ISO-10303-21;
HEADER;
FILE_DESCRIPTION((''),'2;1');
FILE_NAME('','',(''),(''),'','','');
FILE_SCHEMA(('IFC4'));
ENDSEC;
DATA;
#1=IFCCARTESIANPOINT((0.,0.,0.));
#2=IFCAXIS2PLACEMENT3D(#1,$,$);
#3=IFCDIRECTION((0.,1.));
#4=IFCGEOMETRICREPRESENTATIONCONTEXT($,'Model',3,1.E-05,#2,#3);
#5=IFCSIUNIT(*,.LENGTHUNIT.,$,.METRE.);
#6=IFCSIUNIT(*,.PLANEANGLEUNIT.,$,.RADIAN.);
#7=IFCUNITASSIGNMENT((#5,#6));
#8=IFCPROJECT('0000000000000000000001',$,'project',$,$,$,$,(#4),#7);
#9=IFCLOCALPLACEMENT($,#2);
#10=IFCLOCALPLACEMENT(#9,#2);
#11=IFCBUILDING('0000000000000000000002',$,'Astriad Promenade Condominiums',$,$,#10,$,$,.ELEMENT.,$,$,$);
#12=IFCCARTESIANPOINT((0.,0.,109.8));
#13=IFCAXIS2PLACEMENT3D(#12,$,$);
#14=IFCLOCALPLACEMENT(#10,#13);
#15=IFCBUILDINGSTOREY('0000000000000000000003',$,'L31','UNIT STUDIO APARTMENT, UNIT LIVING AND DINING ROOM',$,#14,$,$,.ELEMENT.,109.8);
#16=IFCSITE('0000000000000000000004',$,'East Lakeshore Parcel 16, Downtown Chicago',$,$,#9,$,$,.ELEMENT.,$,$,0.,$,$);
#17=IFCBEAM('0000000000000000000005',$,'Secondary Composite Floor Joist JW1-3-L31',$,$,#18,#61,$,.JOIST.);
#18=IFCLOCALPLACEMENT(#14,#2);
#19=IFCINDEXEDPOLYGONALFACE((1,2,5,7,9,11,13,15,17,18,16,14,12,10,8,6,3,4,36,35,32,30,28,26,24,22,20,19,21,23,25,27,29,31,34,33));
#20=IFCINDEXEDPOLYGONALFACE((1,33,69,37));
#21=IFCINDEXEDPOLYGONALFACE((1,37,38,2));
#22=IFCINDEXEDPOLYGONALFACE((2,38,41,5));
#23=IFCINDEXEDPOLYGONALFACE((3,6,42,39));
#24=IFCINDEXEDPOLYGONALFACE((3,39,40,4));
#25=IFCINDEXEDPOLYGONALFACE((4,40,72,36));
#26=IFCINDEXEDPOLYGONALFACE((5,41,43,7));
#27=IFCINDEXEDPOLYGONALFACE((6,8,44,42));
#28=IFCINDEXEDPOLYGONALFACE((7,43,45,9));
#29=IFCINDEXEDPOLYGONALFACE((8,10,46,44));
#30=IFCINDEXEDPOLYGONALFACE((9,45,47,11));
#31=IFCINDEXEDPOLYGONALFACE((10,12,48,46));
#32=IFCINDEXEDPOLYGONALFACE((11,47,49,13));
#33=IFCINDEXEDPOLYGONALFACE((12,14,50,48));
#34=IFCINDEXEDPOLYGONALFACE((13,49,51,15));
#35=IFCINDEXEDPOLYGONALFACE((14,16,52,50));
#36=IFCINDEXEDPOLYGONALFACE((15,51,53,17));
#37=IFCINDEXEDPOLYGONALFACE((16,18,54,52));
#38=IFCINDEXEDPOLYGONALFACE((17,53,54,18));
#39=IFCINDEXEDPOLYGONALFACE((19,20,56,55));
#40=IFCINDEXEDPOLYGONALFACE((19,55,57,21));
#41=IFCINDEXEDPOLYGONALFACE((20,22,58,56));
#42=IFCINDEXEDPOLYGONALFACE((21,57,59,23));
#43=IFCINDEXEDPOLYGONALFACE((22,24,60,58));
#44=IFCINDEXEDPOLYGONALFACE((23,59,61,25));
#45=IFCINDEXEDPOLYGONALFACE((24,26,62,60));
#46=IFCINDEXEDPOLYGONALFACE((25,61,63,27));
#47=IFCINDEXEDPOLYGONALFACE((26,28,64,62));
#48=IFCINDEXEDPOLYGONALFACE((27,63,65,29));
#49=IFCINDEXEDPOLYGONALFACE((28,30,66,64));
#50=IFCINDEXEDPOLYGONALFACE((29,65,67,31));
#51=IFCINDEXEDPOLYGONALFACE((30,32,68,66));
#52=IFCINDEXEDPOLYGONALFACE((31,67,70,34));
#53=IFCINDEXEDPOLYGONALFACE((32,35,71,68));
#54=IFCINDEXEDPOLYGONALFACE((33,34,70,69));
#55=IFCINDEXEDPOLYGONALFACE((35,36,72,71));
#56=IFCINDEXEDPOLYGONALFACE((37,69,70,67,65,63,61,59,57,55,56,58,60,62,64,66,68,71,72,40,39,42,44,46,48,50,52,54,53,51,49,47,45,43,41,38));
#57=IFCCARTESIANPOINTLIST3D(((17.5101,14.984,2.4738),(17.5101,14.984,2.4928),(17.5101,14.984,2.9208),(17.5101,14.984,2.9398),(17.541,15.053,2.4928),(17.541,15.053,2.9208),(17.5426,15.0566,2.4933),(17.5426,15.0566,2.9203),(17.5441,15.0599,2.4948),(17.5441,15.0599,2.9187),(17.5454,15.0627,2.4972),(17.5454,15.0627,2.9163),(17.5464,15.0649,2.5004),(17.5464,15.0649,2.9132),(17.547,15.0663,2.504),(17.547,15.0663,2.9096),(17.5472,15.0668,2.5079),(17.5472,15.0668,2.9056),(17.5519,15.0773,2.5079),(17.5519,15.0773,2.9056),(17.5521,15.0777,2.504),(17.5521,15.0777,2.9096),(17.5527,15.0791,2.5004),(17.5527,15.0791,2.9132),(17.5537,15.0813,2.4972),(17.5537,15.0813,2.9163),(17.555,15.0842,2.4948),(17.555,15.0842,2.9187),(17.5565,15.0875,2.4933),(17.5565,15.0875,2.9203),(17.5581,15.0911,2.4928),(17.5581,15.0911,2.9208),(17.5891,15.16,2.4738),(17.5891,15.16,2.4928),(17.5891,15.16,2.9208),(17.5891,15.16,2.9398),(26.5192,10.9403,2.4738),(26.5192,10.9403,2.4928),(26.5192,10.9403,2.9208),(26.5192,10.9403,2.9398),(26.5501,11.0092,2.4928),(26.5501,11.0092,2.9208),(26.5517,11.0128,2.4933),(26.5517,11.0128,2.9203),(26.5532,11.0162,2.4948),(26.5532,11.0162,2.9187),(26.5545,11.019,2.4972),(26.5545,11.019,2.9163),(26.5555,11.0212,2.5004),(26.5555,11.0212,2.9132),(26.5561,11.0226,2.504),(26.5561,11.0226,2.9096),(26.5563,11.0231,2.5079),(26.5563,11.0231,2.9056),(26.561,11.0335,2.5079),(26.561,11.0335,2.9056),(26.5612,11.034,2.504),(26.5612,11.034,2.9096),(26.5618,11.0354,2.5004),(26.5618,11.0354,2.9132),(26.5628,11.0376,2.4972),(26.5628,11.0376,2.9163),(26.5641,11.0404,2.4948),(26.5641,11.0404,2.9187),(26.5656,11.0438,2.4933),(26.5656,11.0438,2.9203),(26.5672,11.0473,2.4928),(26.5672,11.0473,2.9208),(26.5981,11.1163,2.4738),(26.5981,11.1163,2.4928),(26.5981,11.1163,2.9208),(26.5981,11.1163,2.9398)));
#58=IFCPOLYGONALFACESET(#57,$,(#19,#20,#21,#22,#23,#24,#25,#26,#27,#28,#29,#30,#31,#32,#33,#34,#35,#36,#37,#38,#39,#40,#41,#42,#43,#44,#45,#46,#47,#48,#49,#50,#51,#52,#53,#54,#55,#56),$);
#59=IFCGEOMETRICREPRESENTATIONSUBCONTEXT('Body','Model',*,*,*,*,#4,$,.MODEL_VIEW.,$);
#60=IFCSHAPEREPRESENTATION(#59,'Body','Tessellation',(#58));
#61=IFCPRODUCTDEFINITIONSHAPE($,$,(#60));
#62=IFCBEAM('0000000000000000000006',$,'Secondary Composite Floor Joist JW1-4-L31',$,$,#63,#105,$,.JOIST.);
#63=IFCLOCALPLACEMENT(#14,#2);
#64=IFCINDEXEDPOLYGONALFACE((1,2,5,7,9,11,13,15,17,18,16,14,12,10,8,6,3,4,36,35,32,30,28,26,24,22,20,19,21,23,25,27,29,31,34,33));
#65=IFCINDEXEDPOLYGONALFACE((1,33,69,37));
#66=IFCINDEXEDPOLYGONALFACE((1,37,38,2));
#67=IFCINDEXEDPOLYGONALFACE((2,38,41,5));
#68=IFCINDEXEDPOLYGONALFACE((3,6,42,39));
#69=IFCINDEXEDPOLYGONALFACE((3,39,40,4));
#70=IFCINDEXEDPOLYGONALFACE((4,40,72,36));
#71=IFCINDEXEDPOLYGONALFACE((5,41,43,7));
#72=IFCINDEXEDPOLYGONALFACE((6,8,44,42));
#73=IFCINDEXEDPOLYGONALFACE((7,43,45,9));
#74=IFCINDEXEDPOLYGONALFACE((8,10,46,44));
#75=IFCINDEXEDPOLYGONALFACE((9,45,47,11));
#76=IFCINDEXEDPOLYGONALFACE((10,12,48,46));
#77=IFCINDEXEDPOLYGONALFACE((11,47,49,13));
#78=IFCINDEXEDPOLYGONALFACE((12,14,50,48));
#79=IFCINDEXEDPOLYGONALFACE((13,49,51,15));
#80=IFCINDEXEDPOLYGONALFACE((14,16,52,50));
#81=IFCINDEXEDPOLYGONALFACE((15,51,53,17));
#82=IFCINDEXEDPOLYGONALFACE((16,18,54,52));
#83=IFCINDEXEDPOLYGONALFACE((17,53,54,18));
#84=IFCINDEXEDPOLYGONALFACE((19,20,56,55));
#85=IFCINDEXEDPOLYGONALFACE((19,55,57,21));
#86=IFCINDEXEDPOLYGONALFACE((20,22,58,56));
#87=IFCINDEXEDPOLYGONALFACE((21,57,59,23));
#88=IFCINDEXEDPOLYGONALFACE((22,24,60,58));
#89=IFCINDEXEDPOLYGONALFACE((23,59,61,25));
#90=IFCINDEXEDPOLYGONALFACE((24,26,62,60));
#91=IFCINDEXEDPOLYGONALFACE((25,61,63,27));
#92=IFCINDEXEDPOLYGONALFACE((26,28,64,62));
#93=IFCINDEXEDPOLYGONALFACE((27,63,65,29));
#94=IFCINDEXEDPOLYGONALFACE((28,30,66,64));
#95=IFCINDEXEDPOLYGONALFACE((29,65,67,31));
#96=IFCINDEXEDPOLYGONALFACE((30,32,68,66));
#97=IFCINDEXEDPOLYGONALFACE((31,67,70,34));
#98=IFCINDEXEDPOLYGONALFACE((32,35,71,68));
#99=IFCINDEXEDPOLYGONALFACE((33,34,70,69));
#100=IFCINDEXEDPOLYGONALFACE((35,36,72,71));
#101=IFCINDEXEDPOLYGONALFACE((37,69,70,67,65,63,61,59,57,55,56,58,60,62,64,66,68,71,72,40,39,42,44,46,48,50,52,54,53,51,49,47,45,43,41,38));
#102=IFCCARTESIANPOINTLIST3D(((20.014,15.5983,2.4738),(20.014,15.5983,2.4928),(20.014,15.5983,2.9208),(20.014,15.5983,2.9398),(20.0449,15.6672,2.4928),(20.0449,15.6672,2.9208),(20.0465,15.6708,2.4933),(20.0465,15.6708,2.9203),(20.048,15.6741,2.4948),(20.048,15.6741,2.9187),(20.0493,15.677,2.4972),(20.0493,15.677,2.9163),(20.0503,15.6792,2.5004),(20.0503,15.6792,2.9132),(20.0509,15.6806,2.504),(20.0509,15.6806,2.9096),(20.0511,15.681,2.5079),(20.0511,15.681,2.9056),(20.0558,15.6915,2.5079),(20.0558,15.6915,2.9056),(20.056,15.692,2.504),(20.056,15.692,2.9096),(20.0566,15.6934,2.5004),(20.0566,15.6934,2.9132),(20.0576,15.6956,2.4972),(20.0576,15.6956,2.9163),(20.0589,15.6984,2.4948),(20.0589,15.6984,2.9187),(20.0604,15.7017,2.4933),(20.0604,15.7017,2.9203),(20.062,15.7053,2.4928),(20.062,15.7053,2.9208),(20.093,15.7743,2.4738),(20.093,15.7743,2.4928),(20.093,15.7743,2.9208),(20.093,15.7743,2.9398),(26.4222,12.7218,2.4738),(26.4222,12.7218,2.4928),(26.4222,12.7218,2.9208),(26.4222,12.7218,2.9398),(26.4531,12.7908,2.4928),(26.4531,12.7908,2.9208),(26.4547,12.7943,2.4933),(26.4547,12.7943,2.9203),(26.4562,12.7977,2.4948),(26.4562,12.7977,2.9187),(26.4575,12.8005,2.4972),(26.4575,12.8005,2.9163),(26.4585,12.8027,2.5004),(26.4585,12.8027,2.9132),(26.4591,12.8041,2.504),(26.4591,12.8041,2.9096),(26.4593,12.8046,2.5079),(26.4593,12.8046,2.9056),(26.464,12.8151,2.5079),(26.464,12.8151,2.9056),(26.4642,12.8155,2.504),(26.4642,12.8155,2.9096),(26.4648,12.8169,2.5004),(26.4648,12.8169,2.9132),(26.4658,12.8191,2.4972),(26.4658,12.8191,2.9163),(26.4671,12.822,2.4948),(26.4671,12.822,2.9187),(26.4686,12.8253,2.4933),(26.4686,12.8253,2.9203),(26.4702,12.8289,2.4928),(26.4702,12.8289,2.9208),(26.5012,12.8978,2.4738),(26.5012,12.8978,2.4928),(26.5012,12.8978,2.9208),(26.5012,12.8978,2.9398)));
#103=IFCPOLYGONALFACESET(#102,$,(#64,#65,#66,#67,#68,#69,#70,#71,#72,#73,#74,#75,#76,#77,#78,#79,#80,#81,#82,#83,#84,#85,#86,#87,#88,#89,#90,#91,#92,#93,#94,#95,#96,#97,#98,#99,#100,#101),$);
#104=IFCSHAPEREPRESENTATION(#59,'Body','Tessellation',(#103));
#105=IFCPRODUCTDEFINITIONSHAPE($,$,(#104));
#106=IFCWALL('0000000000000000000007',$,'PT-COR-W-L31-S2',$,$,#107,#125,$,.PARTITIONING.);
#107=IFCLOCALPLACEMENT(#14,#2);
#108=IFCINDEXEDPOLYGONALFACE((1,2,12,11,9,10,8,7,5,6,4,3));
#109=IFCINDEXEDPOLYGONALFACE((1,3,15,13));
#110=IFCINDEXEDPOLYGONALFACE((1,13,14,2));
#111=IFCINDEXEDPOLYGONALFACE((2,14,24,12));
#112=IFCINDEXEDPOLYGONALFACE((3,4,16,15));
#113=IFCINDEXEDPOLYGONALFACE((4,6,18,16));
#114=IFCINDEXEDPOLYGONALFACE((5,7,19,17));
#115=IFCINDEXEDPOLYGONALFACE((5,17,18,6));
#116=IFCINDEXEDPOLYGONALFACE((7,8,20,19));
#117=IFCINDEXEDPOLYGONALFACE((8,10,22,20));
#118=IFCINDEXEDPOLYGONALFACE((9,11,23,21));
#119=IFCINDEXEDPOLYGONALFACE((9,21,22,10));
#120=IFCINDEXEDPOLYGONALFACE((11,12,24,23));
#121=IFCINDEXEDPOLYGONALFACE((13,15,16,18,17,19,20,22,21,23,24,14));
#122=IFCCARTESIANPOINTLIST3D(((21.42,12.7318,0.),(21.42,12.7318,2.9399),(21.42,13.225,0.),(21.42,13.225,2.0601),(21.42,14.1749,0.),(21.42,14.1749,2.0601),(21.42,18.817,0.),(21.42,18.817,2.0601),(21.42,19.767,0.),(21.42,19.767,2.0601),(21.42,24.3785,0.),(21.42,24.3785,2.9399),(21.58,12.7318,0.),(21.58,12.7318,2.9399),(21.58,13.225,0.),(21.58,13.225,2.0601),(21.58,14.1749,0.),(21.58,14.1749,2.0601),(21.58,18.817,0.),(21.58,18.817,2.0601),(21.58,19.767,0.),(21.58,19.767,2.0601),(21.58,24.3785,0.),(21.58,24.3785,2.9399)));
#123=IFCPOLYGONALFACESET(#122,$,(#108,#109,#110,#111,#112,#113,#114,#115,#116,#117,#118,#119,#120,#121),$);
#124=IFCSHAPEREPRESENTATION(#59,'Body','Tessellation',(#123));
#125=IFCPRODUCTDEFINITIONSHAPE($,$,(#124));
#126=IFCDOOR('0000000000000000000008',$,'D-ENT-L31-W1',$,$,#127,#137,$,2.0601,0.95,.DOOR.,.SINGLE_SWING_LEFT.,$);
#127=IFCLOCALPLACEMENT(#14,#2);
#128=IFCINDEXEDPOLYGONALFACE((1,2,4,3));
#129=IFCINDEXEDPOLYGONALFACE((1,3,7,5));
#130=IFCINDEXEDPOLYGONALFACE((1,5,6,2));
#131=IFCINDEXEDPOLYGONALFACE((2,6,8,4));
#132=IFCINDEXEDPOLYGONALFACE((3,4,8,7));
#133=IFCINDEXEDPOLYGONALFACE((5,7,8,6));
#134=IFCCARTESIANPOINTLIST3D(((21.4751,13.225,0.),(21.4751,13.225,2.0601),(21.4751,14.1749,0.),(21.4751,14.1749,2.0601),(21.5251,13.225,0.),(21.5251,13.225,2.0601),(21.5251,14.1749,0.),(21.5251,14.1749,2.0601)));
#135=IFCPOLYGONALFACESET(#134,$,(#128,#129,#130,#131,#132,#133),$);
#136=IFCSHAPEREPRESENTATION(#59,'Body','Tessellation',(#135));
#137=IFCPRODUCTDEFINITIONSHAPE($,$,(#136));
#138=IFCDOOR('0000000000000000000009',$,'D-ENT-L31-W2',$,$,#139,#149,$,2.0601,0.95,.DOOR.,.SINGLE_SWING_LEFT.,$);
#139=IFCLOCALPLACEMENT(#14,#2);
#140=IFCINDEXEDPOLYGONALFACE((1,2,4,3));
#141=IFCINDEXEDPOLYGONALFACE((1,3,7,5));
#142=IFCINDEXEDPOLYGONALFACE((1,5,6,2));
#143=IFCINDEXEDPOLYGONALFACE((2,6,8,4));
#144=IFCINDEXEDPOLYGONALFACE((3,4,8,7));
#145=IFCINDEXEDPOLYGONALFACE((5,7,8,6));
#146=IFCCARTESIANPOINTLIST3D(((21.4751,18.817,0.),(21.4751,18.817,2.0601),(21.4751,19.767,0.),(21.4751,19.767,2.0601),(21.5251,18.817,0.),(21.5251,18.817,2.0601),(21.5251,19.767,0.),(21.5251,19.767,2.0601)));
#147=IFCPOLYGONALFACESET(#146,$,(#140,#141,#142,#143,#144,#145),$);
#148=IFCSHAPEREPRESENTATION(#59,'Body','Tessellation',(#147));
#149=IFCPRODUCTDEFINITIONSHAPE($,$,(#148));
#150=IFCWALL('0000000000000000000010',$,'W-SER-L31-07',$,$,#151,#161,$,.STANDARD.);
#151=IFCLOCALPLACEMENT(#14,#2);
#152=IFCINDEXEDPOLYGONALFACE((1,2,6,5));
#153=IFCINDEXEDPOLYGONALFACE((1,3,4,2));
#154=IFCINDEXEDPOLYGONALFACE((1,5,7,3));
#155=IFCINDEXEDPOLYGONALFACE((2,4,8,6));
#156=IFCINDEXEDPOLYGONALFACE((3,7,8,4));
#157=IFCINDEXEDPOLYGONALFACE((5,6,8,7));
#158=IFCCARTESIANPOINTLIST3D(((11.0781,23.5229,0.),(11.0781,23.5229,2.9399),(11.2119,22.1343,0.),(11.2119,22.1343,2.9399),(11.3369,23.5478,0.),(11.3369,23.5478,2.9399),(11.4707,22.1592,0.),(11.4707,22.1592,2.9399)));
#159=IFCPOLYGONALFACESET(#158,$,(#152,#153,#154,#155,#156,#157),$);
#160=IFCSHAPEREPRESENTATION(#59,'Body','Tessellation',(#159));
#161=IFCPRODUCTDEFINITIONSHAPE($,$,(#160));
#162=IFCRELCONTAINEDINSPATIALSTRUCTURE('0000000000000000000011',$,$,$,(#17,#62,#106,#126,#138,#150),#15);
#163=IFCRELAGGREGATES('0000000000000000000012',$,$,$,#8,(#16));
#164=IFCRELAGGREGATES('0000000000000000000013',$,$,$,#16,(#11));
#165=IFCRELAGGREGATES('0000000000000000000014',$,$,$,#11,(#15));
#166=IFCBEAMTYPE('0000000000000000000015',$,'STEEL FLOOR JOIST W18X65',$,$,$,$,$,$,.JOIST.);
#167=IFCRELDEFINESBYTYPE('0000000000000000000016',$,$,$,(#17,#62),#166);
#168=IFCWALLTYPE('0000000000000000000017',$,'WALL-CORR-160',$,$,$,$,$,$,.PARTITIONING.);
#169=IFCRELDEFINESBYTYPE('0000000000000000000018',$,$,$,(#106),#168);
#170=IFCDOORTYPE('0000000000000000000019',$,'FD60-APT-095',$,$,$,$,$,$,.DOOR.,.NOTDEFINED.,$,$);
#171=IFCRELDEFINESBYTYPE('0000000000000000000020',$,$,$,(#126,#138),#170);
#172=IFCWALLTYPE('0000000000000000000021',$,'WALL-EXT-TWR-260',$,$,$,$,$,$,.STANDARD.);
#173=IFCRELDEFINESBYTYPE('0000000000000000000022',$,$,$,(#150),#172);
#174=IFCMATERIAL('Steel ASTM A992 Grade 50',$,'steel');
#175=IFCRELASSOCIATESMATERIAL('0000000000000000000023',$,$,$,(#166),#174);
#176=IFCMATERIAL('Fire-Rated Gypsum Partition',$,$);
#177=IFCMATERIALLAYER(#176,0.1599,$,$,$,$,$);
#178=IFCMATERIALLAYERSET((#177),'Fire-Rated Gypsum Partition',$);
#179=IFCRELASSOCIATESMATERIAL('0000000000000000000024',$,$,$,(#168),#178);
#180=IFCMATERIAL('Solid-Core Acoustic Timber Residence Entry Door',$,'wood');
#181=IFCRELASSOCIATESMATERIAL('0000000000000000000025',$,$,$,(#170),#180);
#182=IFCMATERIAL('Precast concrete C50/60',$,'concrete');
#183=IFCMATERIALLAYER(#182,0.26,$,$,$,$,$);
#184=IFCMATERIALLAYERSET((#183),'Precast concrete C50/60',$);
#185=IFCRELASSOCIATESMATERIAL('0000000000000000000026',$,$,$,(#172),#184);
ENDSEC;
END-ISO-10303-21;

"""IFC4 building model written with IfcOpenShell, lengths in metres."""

from ifc_helpers import new_model, si_unit, direction, frame, frame_2d, origin, origin_2d, place, context, subcontext, project, spatial, rectangle, i_section, extrude, source, transform, mapped, material, layer, layer_set, material_profile, profile_set, type_object, type_shapes, element, fill, save


model = new_model("IFC4")

# Units and contexts
model_context = context("Model", 3, precision=1e-05, world=origin(), true_north=direction((0.0, 1.0)))
body_context = subcontext(model_context, "Body", "Model", "MODEL_VIEW")
ifc_project = project(units=[si_unit("LENGTHUNIT", "METRE"), si_unit("PLANEANGLEUNIT", "RADIAN")], contexts=[model_context])

# Site, building, storey
site_placement = place(None, origin())
site = spatial("IfcSite", under=ifc_project, at=site_placement, Name="East Lakeshore Parcel 16, Downtown Chicago", CompositionType="ELEMENT", RefElevation=0.0)
building_placement = place(site_placement, origin())
building = spatial("IfcBuilding", under=site, at=building_placement, Name="Astriad Promenade Condominiums", CompositionType="ELEMENT")
storey_placement = place(building_placement, frame((0.0, 0.0, 109.8)))
storey = spatial("IfcBuildingStorey", under=building, at=storey_placement, Name="L31", Description="UNIT STUDIO APARTMENT, UNIT LIVING AND DINING ROOM", CompositionType="ELEMENT", Elevation=109.8)

# Beams
ifc_material_1 = material(Name="Steel ASTM A992 Grade 50", Category="steel")
ifc_material_profile_1 = material_profile(ifc_material_1, i_section(OverallWidth=0.1929, OverallDepth=0.4661, WebThickness=0.0115, FlangeThickness=0.019, FilletRadius=0.0151, at=origin_2d()), Name="W18X65")
ifc_profile_set_1 = profile_set([ifc_material_profile_1], Name="Steel ASTM A992 Grade 50")
beam_type_1 = type_object("IfcBeamType", Name="STEEL FLOOR JOIST W18X65", PredefinedType="JOIST", material=ifc_profile_set_1)
shared_shape_1 = source(origin(), body_context, "Body", "SweptSolid", [
    extrude(i_section(OverallWidth=0.1929, OverallDepth=0.4661, WebThickness=0.0115, FlangeThickness=0.019, FilletRadius=0.0151, at=origin_2d()), origin(), (0.0, 0.0, 1.0), 9.875),
])
beam_1_placement = place(storey_placement, frame((17.5496, 15.072, 2.7068), z_axis=(0.912314, -0.409492, 0.0), x_axis=(0.409492, 0.912314, 0.0)))
element("IfcBeam", 1, at=beam_1_placement, inside=storey, type_object=beam_type_1, Name="Secondary Composite Floor Joist JW1-3-L31", PredefinedType="JOIST", context=body_context, shape_type="MappedRepresentation", body=[
    mapped(shared_shape_1, transform((0.0, 0.0, 0.0), scale=1.0)),
])
shared_shape_2 = source(origin(), body_context, "Body", "SweptSolid", [
    extrude(i_section(OverallWidth=0.1929, OverallDepth=0.4661, WebThickness=0.0115, FlangeThickness=0.019, FilletRadius=0.0151, at=origin_2d()), origin(), (0.0, 0.0, 1.0), 7.0242),
])
beam_2_placement = place(storey_placement, frame((20.0535, 15.6863, 2.7068), z_axis=(0.912306, -0.409509, 0.0), x_axis=(0.409509, 0.912306, 0.0)))
element("IfcBeam", 2, at=beam_2_placement, inside=storey, type_object=beam_type_1, Name="Secondary Composite Floor Joist JW1-4-L31", PredefinedType="JOIST", context=body_context, shape_type="MappedRepresentation", body=[
    mapped(shared_shape_2, transform((0.0, 0.0, 0.0), scale=1.0)),
])

# Wall, openings, doors
ifc_material_2 = material(Name="Fire-Rated Gypsum Partition")
ifc_layer_1 = layer(ifc_material_2, 0.1599)
ifc_layer_set_1 = layer_set([ifc_layer_1], Name="Fire-Rated Gypsum Partition")
wall_type_1 = type_object("IfcWallType", Name="WALL-CORR-160", PredefinedType="PARTITIONING", material=ifc_layer_set_1)
wall_1_placement = place(storey_placement, frame((21.5, 12.7319, 0.0), z_axis=(0.0, 0.0, 1.0), x_axis=(0.0, 1.0, 0.0)))
wall_1 = element("IfcWall", 3, at=wall_1_placement, inside=storey, type_object=wall_type_1, Name="PT-COR-W-L31-S2", PredefinedType="PARTITIONING", context=body_context, shape_type="SweptSolid", body=[
    extrude(rectangle(XDim=11.6467, YDim=0.1599, at=frame_2d((5.8232, 0.0))), origin(), (0.0, 0.0, 1.0), 2.9399),
])
opening_1_placement = place(wall_1_placement, frame((0.4929, 0.0, 0.0)))
opening_1 = element("IfcOpeningElement", 4, at=opening_1_placement, cuts=wall_1, PredefinedType="OPENING", context=body_context, shape_type="SweptSolid", body=[
    extrude(rectangle(XDim=0.95, YDim=2.0601, at=frame_2d((0.4751, 1.03))), frame((0.0, 0.0898, 0.0), z_axis=(0.0, -1.0, 0.0), x_axis=(1.0, 0.0, 0.0)), (0.0, 0.0, 1.0), 0.1799),
])
opening_2_placement = place(wall_1_placement, frame((6.085, 0.0, 0.0)))
opening_2 = element("IfcOpeningElement", 5, at=opening_2_placement, cuts=wall_1, PredefinedType="OPENING", context=body_context, shape_type="SweptSolid", body=[
    extrude(rectangle(XDim=0.95, YDim=2.0601, at=frame_2d((0.4751, 1.03))), frame((0.0, 0.0898, 0.0), z_axis=(0.0, -1.0, 0.0), x_axis=(1.0, 0.0, 0.0)), (0.0, 0.0, 1.0), 0.1799),
])
ifc_material_3 = material(Name="Solid-Core Acoustic Timber Residence Entry Door", Category="wood")
door_type_1 = type_object("IfcDoorType", Name="FD60-APT-095", OperationType="NOTDEFINED", PredefinedType="DOOR", material=ifc_material_3)
shared_shape_3 = source(origin(), body_context, "Body", "SweptSolid", [
    extrude(rectangle(XDim=0.95, YDim=2.0601, at=frame_2d((0.4751, 1.03))), frame((0.0, 0.0249, 0.0), z_axis=(0.0, -1.0, 0.0), x_axis=(1.0, 0.0, 0.0)), (0.0, 0.0, 1.0), 0.05),
])
type_shapes(door_type_1, [shared_shape_3])
door_1_placement = place(opening_1_placement, origin())
door_1 = element("IfcDoor", 6, at=door_1_placement, inside=storey, type_object=door_type_1, Name="D-ENT-L31-W1", OperationType="SINGLE_SWING_LEFT", OverallHeight=2.0601, OverallWidth=0.95, PredefinedType="DOOR", context=body_context, shape_type="MappedRepresentation", body=[
    mapped(shared_shape_3, transform((0.0, 0.0, 0.0), scale=1.0)),
])
fill(opening_1, door_1)
door_2_placement = place(opening_2_placement, origin())
door_2 = element("IfcDoor", 7, at=door_2_placement, inside=storey, type_object=door_type_1, Name="D-ENT-L31-W2", OperationType="SINGLE_SWING_LEFT", OverallHeight=2.0601, OverallWidth=0.95, PredefinedType="DOOR", context=body_context, shape_type="MappedRepresentation", body=[
    mapped(shared_shape_3, transform((0.0, 0.0, 0.0), scale=1.0)),
])
fill(opening_2, door_2)

# Wall
ifc_material_4 = material(Name="Precast concrete C50/60", Category="concrete")
ifc_layer_2 = layer(ifc_material_4, 0.26)
ifc_layer_set_2 = layer_set([ifc_layer_2], Name="Precast concrete C50/60")
wall_type_2 = type_object("IfcWallType", Name="WALL-EXT-TWR-260", PredefinedType="STANDARD", material=ifc_layer_set_2)
wall_2_placement = place(storey_placement, frame((11.3413, 22.1467, 0.0), z_axis=(0.0, 0.0, 1.0), x_axis=(-0.095899, 0.995391, 0.0)))
element("IfcWall", 8, at=wall_2_placement, inside=storey, type_object=wall_type_2, Name="W-SER-L31-07", PredefinedType="STANDARD", context=body_context, shape_type="SweptSolid", body=[
    extrude(rectangle(XDim=1.395, YDim=0.26, at=frame_2d((0.6975, 0.0))), origin(), (0.0, 0.0, 1.0), 2.9399),
])

save(model, "model.ifc")
